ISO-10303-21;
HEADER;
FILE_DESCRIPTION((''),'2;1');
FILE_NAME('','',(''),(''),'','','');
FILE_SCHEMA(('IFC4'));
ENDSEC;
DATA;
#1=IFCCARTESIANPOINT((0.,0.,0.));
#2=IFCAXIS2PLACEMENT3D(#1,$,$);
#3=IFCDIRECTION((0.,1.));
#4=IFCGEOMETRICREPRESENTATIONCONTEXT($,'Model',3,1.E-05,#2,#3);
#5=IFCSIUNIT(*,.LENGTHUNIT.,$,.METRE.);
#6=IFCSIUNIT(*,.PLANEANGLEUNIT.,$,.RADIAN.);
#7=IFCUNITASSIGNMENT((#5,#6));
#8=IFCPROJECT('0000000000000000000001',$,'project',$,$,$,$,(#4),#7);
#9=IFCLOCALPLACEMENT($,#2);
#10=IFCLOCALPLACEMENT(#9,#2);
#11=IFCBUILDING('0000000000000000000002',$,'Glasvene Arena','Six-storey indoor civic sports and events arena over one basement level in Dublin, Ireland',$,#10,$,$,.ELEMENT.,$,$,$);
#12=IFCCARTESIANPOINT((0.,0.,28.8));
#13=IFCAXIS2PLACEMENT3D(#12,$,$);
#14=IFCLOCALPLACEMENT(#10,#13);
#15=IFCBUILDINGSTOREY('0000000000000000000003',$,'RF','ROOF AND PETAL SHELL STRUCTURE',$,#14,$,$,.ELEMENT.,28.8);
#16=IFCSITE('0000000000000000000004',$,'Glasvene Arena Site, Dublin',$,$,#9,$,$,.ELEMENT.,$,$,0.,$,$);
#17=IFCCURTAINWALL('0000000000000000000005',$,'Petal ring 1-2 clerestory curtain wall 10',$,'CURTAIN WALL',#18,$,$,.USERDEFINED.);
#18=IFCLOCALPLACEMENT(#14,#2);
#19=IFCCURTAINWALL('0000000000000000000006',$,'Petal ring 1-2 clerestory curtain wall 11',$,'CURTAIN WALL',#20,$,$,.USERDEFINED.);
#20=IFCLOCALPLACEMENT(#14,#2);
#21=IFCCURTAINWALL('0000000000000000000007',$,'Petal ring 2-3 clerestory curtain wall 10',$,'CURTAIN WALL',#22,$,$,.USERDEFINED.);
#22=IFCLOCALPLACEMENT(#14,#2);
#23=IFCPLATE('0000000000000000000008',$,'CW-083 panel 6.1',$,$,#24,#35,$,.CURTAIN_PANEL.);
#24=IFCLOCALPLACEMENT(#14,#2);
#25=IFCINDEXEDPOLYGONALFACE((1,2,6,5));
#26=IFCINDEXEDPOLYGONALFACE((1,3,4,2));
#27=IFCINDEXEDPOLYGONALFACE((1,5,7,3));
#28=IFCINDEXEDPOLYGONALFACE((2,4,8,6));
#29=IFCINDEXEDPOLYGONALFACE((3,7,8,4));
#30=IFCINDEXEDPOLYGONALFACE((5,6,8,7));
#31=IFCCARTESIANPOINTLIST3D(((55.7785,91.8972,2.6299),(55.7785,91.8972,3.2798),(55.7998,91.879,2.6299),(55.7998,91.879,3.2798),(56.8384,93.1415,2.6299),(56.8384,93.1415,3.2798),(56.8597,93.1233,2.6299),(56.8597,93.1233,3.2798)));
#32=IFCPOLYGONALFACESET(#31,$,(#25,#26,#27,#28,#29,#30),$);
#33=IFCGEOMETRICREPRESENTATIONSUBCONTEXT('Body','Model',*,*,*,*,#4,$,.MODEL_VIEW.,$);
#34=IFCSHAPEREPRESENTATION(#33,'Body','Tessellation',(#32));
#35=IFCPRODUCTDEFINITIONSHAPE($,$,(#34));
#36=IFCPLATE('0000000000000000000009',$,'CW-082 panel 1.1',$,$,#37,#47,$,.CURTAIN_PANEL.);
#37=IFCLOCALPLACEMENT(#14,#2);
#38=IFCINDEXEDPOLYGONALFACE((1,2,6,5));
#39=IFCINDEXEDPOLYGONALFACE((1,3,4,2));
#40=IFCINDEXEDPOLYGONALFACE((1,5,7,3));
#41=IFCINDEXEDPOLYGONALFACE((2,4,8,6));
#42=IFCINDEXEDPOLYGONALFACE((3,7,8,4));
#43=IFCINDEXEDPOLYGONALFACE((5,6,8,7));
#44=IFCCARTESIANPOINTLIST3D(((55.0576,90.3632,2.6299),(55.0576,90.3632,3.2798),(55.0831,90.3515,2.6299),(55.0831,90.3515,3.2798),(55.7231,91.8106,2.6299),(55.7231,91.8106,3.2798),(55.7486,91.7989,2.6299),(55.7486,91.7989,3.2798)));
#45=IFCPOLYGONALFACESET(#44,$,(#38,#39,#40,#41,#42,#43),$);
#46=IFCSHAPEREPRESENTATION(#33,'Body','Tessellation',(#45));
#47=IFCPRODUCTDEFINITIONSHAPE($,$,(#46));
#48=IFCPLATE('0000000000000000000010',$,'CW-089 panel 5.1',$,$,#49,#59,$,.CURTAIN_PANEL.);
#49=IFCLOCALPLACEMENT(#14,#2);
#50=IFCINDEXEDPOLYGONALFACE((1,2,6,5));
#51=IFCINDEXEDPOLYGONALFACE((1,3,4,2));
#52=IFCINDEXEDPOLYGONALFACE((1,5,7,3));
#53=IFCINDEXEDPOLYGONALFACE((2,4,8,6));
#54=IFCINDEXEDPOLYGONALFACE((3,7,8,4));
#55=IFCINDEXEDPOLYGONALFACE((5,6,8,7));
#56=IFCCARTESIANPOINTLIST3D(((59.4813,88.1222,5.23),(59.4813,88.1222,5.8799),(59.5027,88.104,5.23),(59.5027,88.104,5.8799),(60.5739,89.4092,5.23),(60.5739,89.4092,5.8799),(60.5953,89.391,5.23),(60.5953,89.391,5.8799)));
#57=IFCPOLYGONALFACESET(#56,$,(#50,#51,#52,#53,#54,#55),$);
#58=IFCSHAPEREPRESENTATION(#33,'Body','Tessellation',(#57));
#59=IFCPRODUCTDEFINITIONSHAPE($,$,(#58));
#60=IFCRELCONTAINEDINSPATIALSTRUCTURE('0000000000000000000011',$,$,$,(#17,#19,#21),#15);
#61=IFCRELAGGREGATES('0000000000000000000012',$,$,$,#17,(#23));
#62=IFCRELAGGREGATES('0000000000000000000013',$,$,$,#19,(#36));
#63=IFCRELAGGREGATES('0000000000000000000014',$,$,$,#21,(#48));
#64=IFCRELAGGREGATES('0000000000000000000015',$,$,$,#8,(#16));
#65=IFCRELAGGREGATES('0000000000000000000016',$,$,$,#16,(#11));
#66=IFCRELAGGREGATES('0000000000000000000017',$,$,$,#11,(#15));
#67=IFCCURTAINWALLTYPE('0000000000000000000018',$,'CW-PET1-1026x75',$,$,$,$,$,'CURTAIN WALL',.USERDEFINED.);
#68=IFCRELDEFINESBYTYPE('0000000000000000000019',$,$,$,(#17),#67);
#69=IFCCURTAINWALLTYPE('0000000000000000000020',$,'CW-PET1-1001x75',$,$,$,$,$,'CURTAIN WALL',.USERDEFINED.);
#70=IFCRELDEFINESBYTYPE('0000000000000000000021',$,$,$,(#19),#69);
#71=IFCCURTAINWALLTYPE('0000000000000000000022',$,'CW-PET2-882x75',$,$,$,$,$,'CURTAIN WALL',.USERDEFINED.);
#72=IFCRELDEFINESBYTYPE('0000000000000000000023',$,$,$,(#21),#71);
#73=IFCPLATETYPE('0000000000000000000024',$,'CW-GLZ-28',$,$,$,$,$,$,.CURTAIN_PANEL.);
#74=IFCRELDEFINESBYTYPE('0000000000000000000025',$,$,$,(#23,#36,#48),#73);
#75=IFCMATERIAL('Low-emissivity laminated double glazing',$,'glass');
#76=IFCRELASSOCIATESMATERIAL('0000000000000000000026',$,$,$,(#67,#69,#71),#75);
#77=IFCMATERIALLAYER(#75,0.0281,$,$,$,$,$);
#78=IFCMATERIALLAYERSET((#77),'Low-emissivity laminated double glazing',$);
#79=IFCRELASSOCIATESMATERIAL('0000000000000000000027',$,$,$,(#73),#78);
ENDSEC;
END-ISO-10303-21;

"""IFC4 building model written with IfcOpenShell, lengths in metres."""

from ifc_helpers import new_model, si_unit, direction, frame, origin, origin_2d, place, context, subcontext, project, spatial, rectangle, extrude, material, layer, layer_set, type_object, element, aggregate, save


model = new_model("IFC4")

# Units and contexts
model_context = context("Model", 3, precision=1e-05, world=origin(), true_north=direction((0.0, 1.0)))
body_context = subcontext(model_context, "Body", "Model", "MODEL_VIEW")
ifc_project = project(units=[si_unit("LENGTHUNIT", "METRE"), si_unit("PLANEANGLEUNIT", "RADIAN")], contexts=[model_context])

# Site, building, storey
site_placement = place(None, origin())
site = spatial("IfcSite", under=ifc_project, at=site_placement, Name="Glasvene Arena Site, Dublin", CompositionType="ELEMENT", RefElevation=0.0)
building_placement = place(site_placement, origin())
building = spatial("IfcBuilding", under=site, at=building_placement, Name="Glasvene Arena", Description="Six-storey indoor civic sports and events arena over one basement level in Dublin, Ireland", CompositionType="ELEMENT")
storey_placement = place(building_placement, frame((0.0, 0.0, 28.8)))
storey = spatial("IfcBuildingStorey", under=building, at=storey_placement, Name="RF", Description="ROOF AND PETAL SHELL STRUCTURE", CompositionType="ELEMENT", Elevation=28.8)

# Curtain walls
ifc_material_1 = material(Name="Low-emissivity laminated double glazing", Category="glass")
curtain_wall_type_1 = type_object("IfcCurtainWallType", Name="CW-PET1-1026x75", ElementType="CURTAIN WALL", PredefinedType="USERDEFINED", material=ifc_material_1)
curtain_wall_1_placement = place(storey_placement, frame((62.4077, 99.658, 0.0)))
curtain_wall_1 = element("IfcCurtainWall", 1, at=curtain_wall_1_placement, inside=storey, type_object=curtain_wall_type_1, Name="Petal ring 1-2 clerestory curtain wall 10", ObjectType="CURTAIN WALL", PredefinedType="USERDEFINED")
curtain_wall_type_2 = type_object("IfcCurtainWallType", Name="CW-PET1-1001x75", ElementType="CURTAIN WALL", PredefinedType="USERDEFINED", material=ifc_material_1)
curtain_wall_2_placement = place(storey_placement, frame((55.7568, 91.8501, 0.0)))
curtain_wall_2 = element("IfcCurtainWall", 2, at=curtain_wall_2_placement, inside=storey, type_object=curtain_wall_type_2, Name="Petal ring 1-2 clerestory curtain wall 11", ObjectType="CURTAIN WALL", PredefinedType="USERDEFINED")

# Curtain wall
curtain_wall_type_3 = type_object("IfcCurtainWallType", Name="CW-PET2-882x75", ElementType="CURTAIN WALL", PredefinedType="USERDEFINED", material=ifc_material_1)
curtain_wall_3_placement = place(storey_placement, frame((65.1648, 94.7957, 0.0)))
curtain_wall_3 = element("IfcCurtainWall", 3, at=curtain_wall_3_placement, inside=storey, type_object=curtain_wall_type_3, Name="Petal ring 2-3 clerestory curtain wall 10", ObjectType="CURTAIN WALL", PredefinedType="USERDEFINED")

# Plates
ifc_layer = layer(ifc_material_1, 0.0281)
ifc_layer_set = layer_set([ifc_layer], Name="Low-emissivity laminated double glazing")
plate_type = type_object("IfcPlateType", Name="CW-GLZ-28", PredefinedType="CURTAIN_PANEL", material=ifc_layer_set)
plate_1_placement = place(storey_placement, frame((56.3191, 92.5103, 2.6299), z_axis=(0.0, 0.0, 1.0), x_axis=(-0.648445, -0.761261, 0.0)))
plate_1 = element("IfcPlate", 4, at=plate_1_placement, type_object=plate_type, Name="CW-083 panel 6.1", PredefinedType="CURTAIN_PANEL", context=body_context, shape_type="SweptSolid", body=[
    extrude(rectangle(XDim=1.6345, YDim=0.0281, at=origin_2d()), origin(), (0.0, 0.0, 1.0), 0.6499),
])
aggregate(curtain_wall_1, [plate_1])
plate_2_placement = place(storey_placement, frame((55.4031, 91.0811, 2.6299), z_axis=(0.0, 0.0, 1.0), x_axis=(-0.417761, -0.908557, 0.0)))
plate_2 = element("IfcPlate", 5, at=plate_2_placement, type_object=plate_type, Name="CW-082 panel 1.1", PredefinedType="CURTAIN_PANEL", context=body_context, shape_type="SweptSolid", body=[
    extrude(rectangle(XDim=1.593, YDim=0.0281, at=origin_2d()), origin(), (0.0, 0.0, 1.0), 0.6499),
])
aggregate(curtain_wall_2, [plate_2])
plate_3_placement = place(storey_placement, frame((60.0383, 88.7566, 5.23), z_axis=(0.0, 0.0, 1.0), x_axis=(-0.647167, -0.762348, 0.0)))
plate_3 = element("IfcPlate", 6, at=plate_3_placement, type_object=plate_type, Name="CW-089 panel 5.1", PredefinedType="CURTAIN_PANEL", context=body_context, shape_type="SweptSolid", body=[
    extrude(rectangle(XDim=1.6882, YDim=0.0281, at=origin_2d()), origin(), (0.0, 0.0, 1.0), 0.6499),
])
aggregate(curtain_wall_3, [plate_3])

save(model, "model.ifc")
